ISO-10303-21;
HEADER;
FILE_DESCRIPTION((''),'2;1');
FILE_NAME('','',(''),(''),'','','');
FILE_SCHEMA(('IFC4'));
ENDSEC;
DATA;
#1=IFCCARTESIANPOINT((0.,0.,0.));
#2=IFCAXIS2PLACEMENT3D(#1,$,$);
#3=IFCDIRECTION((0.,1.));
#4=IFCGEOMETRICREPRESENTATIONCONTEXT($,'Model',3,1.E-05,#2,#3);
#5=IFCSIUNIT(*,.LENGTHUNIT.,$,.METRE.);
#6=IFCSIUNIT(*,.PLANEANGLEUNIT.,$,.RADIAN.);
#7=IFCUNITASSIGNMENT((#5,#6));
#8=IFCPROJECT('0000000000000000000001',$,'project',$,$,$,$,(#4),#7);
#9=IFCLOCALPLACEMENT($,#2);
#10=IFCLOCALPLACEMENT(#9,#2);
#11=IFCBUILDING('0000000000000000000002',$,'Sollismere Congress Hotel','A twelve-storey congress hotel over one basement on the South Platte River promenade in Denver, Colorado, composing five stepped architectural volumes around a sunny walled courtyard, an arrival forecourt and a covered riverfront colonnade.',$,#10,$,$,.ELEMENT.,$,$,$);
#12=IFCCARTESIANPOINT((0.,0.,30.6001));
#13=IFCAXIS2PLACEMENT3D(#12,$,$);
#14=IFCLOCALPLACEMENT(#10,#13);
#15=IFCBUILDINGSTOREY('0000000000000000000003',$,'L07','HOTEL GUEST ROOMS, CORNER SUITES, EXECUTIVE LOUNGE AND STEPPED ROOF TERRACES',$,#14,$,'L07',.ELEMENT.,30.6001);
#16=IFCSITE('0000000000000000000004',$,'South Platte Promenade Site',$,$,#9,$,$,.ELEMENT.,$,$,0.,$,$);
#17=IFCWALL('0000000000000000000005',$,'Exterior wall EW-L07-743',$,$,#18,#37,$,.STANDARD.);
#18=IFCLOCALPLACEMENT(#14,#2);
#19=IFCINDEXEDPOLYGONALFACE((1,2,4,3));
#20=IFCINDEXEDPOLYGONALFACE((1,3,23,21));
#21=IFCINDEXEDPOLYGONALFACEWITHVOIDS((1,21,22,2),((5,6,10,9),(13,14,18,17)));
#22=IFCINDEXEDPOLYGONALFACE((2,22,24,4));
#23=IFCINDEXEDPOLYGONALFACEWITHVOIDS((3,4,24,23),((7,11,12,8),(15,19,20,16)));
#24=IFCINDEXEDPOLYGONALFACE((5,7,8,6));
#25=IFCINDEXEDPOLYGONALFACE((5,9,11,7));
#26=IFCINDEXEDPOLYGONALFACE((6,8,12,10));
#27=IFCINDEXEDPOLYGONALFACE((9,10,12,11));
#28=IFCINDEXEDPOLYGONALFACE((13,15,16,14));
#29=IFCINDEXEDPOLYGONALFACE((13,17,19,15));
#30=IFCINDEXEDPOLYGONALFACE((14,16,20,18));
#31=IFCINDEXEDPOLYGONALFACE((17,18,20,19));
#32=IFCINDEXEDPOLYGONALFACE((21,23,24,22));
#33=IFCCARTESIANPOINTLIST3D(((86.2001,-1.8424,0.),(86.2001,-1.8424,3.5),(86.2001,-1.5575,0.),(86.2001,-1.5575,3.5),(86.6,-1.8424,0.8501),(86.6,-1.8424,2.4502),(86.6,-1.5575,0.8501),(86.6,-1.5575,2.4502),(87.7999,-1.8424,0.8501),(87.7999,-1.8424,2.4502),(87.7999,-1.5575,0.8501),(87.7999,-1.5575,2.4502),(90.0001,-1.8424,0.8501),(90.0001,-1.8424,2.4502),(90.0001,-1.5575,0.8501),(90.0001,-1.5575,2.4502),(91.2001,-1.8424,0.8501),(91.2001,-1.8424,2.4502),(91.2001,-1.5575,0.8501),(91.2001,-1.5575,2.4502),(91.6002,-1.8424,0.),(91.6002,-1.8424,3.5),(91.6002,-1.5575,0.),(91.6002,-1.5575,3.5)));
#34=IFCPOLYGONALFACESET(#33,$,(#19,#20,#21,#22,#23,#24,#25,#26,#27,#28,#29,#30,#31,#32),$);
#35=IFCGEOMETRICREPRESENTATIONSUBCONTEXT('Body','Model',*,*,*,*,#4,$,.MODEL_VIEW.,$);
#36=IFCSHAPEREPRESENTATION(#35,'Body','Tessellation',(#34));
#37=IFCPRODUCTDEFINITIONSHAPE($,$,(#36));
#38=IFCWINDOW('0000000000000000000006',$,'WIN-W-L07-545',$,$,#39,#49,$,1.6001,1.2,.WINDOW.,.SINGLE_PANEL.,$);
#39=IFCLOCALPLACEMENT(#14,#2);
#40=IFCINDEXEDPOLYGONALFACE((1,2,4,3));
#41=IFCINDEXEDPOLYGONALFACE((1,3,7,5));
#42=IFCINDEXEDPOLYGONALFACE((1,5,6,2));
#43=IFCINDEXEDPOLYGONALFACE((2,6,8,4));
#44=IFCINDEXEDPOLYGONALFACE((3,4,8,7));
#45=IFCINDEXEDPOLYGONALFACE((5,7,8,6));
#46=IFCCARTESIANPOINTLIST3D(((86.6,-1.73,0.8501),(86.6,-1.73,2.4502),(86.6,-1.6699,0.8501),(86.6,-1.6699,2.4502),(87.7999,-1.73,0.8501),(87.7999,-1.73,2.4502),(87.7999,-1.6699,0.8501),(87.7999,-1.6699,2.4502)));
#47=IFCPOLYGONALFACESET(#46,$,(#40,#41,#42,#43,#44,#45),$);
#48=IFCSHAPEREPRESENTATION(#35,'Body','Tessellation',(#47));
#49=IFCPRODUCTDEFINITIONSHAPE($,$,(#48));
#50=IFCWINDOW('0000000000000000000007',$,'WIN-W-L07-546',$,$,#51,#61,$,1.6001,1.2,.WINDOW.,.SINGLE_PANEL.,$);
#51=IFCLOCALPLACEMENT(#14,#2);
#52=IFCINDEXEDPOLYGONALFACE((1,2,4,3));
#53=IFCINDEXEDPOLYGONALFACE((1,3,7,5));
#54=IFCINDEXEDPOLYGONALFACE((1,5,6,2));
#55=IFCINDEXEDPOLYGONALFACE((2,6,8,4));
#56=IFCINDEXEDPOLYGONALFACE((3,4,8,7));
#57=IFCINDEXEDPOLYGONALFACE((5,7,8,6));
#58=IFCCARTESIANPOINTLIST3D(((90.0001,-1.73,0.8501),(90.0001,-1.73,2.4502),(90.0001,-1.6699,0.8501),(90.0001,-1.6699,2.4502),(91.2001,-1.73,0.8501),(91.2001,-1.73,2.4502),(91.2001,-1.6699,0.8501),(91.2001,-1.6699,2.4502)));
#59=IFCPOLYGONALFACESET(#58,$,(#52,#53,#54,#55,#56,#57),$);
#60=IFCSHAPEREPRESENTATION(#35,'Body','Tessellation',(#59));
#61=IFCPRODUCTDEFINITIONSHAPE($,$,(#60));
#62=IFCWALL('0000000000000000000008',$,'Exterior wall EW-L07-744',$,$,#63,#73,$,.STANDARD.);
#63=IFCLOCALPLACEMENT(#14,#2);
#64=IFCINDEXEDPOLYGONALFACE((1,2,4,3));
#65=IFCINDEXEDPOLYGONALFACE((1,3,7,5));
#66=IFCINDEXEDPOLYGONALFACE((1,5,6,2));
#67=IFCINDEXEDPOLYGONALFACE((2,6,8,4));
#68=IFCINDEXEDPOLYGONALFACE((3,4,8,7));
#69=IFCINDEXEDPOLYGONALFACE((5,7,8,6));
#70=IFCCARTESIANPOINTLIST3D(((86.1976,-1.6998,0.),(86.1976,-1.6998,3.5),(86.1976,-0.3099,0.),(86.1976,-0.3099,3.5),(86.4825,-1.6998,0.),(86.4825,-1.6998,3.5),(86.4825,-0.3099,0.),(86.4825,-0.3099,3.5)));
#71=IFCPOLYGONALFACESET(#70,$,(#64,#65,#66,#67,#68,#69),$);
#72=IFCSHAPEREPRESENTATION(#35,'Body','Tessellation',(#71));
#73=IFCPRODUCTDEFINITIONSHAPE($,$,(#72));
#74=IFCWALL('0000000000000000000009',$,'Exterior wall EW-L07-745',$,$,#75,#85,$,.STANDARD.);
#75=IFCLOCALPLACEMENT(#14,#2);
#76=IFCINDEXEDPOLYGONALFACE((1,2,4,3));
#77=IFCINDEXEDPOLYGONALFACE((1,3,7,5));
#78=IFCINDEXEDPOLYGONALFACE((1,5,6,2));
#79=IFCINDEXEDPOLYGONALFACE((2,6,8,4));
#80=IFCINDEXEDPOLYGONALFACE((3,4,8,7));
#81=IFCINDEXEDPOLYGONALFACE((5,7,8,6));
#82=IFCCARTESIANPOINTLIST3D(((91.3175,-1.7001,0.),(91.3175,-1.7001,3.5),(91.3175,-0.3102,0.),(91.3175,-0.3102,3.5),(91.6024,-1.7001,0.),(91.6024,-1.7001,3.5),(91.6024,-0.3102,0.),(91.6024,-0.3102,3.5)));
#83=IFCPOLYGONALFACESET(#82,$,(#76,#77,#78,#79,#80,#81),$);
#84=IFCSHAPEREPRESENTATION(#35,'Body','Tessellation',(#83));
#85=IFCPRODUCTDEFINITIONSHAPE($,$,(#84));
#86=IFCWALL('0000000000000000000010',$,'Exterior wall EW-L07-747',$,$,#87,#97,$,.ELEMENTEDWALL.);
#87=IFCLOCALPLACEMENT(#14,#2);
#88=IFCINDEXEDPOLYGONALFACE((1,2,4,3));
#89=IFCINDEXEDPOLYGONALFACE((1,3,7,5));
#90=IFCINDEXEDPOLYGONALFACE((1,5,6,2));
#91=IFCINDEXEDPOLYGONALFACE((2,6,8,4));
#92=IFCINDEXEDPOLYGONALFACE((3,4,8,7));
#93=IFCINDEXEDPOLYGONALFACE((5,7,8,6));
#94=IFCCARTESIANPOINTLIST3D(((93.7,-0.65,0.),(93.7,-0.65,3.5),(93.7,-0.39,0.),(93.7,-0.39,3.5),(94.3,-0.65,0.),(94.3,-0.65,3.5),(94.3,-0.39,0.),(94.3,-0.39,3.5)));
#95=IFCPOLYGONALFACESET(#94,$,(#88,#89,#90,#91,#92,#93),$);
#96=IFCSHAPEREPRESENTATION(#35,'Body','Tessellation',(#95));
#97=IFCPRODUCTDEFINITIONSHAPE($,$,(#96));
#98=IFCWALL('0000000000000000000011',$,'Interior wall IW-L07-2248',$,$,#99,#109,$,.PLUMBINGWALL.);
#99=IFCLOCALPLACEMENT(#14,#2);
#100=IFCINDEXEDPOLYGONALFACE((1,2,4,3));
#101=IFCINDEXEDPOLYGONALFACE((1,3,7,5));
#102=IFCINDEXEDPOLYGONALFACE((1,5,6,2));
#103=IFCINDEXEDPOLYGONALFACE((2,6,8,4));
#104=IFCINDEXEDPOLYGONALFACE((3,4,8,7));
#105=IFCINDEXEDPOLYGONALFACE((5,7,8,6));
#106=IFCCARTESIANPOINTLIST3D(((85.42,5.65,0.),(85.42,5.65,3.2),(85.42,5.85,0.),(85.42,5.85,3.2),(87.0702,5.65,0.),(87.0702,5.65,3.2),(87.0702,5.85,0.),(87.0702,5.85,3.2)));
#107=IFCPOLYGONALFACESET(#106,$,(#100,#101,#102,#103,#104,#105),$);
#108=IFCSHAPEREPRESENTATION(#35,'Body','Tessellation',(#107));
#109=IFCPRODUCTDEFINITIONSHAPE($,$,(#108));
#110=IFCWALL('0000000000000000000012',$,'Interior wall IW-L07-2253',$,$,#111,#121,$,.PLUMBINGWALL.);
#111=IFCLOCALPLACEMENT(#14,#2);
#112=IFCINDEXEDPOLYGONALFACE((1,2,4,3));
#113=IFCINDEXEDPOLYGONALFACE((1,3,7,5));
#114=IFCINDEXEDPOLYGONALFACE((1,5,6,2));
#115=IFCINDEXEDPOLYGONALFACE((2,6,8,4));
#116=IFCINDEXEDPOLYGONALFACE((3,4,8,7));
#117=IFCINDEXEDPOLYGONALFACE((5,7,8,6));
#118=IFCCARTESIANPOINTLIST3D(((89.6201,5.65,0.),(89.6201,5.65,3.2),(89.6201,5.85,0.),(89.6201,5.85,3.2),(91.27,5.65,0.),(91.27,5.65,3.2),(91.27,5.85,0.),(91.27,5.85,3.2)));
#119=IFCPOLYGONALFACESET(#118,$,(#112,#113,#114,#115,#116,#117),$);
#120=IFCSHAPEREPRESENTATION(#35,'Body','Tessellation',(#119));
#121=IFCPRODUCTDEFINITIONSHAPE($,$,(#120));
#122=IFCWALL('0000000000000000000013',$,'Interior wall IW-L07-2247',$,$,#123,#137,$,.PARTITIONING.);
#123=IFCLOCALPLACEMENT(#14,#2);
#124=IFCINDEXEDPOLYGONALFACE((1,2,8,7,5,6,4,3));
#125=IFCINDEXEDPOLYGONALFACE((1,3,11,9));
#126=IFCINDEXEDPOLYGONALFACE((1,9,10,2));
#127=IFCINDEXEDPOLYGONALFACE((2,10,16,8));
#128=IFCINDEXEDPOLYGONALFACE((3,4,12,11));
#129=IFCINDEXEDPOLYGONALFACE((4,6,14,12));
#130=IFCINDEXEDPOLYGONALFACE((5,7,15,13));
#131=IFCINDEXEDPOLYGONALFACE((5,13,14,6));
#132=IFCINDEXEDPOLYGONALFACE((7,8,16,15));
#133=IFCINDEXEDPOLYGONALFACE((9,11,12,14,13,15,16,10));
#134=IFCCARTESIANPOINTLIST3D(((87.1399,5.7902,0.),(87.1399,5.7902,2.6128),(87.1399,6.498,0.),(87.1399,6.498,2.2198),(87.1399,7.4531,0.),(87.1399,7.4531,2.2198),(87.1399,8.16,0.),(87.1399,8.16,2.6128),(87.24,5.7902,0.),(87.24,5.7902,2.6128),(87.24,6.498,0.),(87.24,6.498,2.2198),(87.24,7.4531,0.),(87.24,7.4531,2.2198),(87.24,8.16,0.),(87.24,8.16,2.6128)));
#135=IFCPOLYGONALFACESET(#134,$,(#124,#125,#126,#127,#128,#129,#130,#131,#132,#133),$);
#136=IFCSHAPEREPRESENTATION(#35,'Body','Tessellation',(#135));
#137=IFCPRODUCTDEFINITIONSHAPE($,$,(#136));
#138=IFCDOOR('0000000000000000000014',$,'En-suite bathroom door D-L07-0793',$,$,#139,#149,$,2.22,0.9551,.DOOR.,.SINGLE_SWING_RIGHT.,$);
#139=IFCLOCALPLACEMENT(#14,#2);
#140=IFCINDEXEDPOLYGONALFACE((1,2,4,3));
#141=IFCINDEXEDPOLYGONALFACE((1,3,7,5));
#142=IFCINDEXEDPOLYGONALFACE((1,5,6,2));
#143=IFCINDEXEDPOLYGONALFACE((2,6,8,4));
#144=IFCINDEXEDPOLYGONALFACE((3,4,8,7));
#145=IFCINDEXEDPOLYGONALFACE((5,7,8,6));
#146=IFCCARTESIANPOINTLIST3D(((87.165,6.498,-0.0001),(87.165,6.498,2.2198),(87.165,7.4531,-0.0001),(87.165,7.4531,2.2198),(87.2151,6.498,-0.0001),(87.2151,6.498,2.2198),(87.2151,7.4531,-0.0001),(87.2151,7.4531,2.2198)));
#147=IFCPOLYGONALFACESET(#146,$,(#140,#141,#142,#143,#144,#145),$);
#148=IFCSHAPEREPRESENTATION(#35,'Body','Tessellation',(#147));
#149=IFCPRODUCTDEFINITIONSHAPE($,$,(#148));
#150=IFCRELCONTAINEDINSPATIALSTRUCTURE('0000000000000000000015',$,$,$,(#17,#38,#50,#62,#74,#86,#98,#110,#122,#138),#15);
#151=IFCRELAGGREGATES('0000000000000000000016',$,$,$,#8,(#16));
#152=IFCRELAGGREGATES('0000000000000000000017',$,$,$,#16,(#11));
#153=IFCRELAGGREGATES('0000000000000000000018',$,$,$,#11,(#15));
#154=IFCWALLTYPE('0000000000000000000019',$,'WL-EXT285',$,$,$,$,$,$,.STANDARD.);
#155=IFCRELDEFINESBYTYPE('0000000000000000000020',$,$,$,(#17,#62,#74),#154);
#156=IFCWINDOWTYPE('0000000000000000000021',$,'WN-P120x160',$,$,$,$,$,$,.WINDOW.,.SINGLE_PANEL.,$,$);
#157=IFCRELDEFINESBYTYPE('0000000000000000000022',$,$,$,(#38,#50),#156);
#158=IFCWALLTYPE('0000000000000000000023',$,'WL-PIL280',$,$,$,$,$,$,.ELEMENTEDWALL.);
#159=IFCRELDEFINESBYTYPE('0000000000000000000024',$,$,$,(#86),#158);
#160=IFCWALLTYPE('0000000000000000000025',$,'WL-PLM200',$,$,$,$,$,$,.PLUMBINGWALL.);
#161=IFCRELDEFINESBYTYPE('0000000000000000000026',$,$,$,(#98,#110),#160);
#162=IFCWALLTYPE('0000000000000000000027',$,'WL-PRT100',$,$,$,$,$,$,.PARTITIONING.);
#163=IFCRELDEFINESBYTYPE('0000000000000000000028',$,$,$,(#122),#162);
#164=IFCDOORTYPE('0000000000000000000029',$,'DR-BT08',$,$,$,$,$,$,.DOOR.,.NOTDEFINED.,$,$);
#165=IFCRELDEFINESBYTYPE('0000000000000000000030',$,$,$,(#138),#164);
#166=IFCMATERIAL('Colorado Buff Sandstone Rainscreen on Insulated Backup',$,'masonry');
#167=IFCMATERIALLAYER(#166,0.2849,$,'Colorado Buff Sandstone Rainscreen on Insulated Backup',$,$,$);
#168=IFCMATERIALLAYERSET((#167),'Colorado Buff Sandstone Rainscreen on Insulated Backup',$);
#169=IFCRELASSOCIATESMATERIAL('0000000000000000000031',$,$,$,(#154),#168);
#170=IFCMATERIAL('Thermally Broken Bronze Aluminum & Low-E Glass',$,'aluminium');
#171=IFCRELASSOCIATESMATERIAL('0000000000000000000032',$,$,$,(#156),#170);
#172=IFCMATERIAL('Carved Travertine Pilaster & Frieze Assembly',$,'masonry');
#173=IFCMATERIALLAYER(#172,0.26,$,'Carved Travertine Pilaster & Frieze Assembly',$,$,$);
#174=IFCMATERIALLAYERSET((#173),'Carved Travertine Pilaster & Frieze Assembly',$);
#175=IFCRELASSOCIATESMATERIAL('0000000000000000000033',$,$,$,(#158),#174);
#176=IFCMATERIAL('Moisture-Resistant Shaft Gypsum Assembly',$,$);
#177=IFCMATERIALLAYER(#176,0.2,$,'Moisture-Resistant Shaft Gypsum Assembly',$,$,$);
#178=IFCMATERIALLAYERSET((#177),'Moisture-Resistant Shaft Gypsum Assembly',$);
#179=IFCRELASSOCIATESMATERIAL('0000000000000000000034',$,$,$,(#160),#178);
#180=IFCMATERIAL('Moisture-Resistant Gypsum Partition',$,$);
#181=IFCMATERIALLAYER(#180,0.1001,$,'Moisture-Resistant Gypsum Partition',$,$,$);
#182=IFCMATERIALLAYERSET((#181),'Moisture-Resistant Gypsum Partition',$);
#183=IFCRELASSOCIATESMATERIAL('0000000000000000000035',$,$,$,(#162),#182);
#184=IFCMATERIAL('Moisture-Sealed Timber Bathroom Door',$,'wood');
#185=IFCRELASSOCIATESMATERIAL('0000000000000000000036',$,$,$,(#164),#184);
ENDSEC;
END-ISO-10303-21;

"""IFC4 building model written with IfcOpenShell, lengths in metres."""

from ifc_helpers import new_model, si_unit, direction, frame, frame_2d, origin, place, context, subcontext, project, spatial, rectangle, extrude, material, layer, layer_set, type_object, element, fill, save


model = new_model("IFC4")

# Units and contexts
model_context = context("Model", 3, precision=1e-05, world=origin(), true_north=direction((0.0, 1.0)))
body_context = subcontext(model_context, "Body", "Model", "MODEL_VIEW")
ifc_project = project(units=[si_unit("LENGTHUNIT", "METRE"), si_unit("PLANEANGLEUNIT", "RADIAN")], contexts=[model_context])

# Site, building, storey
site_placement = place(None, origin())
site = spatial("IfcSite", under=ifc_project, at=site_placement, Name="South Platte Promenade Site", CompositionType="ELEMENT", RefElevation=0.0)
building_placement = place(site_placement, origin())
building = spatial("IfcBuilding", under=site, at=building_placement, Name="Sollismere Congress Hotel", Description="A twelve-storey congress hotel over one basement on the South Platte River promenade in Denver, Colorado, composing five stepped architectural volumes around a sunny walled courtyard, an arrival forecourt and a covered riverfront colonnade.", CompositionType="ELEMENT")
storey_placement = place(building_placement, frame((0.0, 0.0, 30.6001)))
storey = spatial("IfcBuildingStorey", under=building, at=storey_placement, Name="L07", Description="HOTEL GUEST ROOMS, CORNER SUITES, EXECUTIVE LOUNGE AND STEPPED ROOF TERRACES", LongName="L07", CompositionType="ELEMENT", Elevation=30.6001)

# Shared definitions
ifc_material_1 = material(Name="Colorado Buff Sandstone Rainscreen on Insulated Backup", Category="masonry")
ifc_layer_1 = layer(ifc_material_1, 0.2849, Name="Colorado Buff Sandstone Rainscreen on Insulated Backup")
ifc_layer_set_1 = layer_set([ifc_layer_1], Name="Colorado Buff Sandstone Rainscreen on Insulated Backup")
wall_type_1 = type_object("IfcWallType", Name="WL-EXT285", PredefinedType="STANDARD", material=ifc_layer_set_1)
ifc_material_2 = material(Name="Thermally Broken Bronze Aluminum & Low-E Glass", Category="aluminium")

# Wall, openings, windows
wall_1_placement = place(storey_placement, frame((86.2, -1.7, 0.0), z_axis=(0.0, 0.0, 1.0), x_axis=(1.0, 0.0, 0.0)))
wall_1 = element("IfcWall", 1, at=wall_1_placement, inside=storey, type_object=wall_type_1, Name="Exterior wall EW-L07-743", PredefinedType="STANDARD", context=body_context, shape_type="SweptSolid", body=[
    extrude(rectangle(XDim=5.4001, YDim=0.2849, at=frame_2d((2.7002, 0.0))), origin(), (0.0, 0.0, 1.0), 3.5),
])
opening_1_placement = place(wall_1_placement, frame((0.3999, 0.0, 0.8501)))
opening_1 = element("IfcOpeningElement", 2, at=opening_1_placement, cuts=wall_1, PredefinedType="OPENING", context=body_context, shape_type="SweptSolid", body=[
    extrude(rectangle(XDim=1.2, YDim=1.6001, at=frame_2d((0.6001, 0.8))), frame((0.0, 0.1523, 0.0), z_axis=(0.0, -1.0, 0.0), x_axis=(1.0, 0.0, 0.0)), (0.0, 0.0, 1.0), 0.3049),
])
opening_2_placement = place(wall_1_placement, frame((3.8, 0.0, 0.8501)))
opening_2 = element("IfcOpeningElement", 3, at=opening_2_placement, cuts=wall_1, PredefinedType="OPENING", context=body_context, shape_type="SweptSolid", body=[
    extrude(rectangle(XDim=1.2, YDim=1.6001, at=frame_2d((0.6001, 0.8))), frame((0.0, 0.1523, 0.0), z_axis=(0.0, -1.0, 0.0), x_axis=(1.0, 0.0, 0.0)), (0.0, 0.0, 1.0), 0.3049),
])
window_type_1 = type_object("IfcWindowType", Name="WN-P120x160", PartitioningType="SINGLE_PANEL", PredefinedType="WINDOW", material=ifc_material_2)
window_1_placement = place(opening_1_placement, origin())
window_1 = element("IfcWindow", 4, at=window_1_placement, inside=storey, type_object=window_type_1, Name="WIN-W-L07-545", OverallHeight=1.6001, OverallWidth=1.2, PartitioningType="SINGLE_PANEL", PredefinedType="WINDOW", context=body_context, shape_type="SweptSolid", body=[
    extrude(rectangle(XDim=1.2, YDim=1.6001, at=frame_2d((0.6001, 0.8))), frame((0.0, 0.03, 0.0), z_axis=(0.0, -1.0, 0.0), x_axis=(1.0, 0.0, 0.0)), (0.0, 0.0, 1.0), 0.0601),
])
fill(opening_1, window_1)
window_2_placement = place(opening_2_placement, origin())
window_2 = element("IfcWindow", 5, at=window_2_placement, inside=storey, type_object=window_type_1, Name="WIN-W-L07-546", OverallHeight=1.6001, OverallWidth=1.2, PartitioningType="SINGLE_PANEL", PredefinedType="WINDOW", context=body_context, shape_type="SweptSolid", body=[
    extrude(rectangle(XDim=1.2, YDim=1.6001, at=frame_2d((0.6001, 0.8))), frame((0.0, 0.03, 0.0), z_axis=(0.0, -1.0, 0.0), x_axis=(1.0, 0.0, 0.0)), (0.0, 0.0, 1.0), 0.0601),
])
fill(opening_2, window_2)

# Walls
for number, where, z_axis, x_axis, name in (
    (6, (86.3401, -0.3101, 0.0), (0.0, 0.0, 1.0), (0.0, -1.0, 0.0), "Exterior wall EW-L07-744"),
    (7, (91.46, -1.7, 0.0), (0.0, 0.0, 1.0), (0.0, 1.0, 0.0), "Exterior wall EW-L07-745"),
):
    element("IfcWall", number, at=place(storey_placement, frame(where, z_axis=z_axis, x_axis=x_axis)), inside=storey, type_object=wall_type_1, Name=name, PredefinedType="STANDARD", context=body_context, shape_type="SweptSolid", body=[
        extrude(rectangle(XDim=1.3899, YDim=0.2849, at=frame_2d((0.6948, 0.0))), origin(), (0.0, 0.0, 1.0), 3.5),
    ])
ifc_material_3 = material(Name="Carved Travertine Pilaster & Frieze Assembly", Category="masonry")
ifc_layer_2 = layer(ifc_material_3, 0.26, Name="Carved Travertine Pilaster & Frieze Assembly")
ifc_layer_set_2 = layer_set([ifc_layer_2], Name="Carved Travertine Pilaster & Frieze Assembly")
wall_type_2 = type_object("IfcWallType", Name="WL-PIL280", PredefinedType="ELEMENTEDWALL", material=ifc_layer_set_2)
wall_2_placement = place(storey_placement, frame((93.7, -0.52, 0.0), z_axis=(0.0, 0.0, 1.0), x_axis=(1.0, 0.0, 0.0)))
element("IfcWall", 8, at=wall_2_placement, inside=storey, type_object=wall_type_2, Name="Exterior wall EW-L07-747", PredefinedType="ELEMENTEDWALL", context=body_context, shape_type="SweptSolid", body=[
    extrude(rectangle(XDim=0.6001, YDim=0.26, at=frame_2d((0.3, 0.0))), origin(), (0.0, 0.0, 1.0), 3.5),
])
ifc_material_4 = material(Name="Moisture-Resistant Shaft Gypsum Assembly")
ifc_layer_3 = layer(ifc_material_4, 0.2, Name="Moisture-Resistant Shaft Gypsum Assembly")
ifc_layer_set_3 = layer_set([ifc_layer_3], Name="Moisture-Resistant Shaft Gypsum Assembly")
wall_type_3 = type_object("IfcWallType", Name="WL-PLM200", PredefinedType="PLUMBINGWALL", material=ifc_layer_set_3)
wall_3_placement = place(storey_placement, frame((85.4199, 5.75, 0.0), z_axis=(0.0, 0.0, 1.0), x_axis=(1.0, 0.0, 0.0)))
element("IfcWall", 9, at=wall_3_placement, inside=storey, type_object=wall_type_3, Name="Interior wall IW-L07-2248", PredefinedType="PLUMBINGWALL", context=body_context, shape_type="SweptSolid", body=[
    extrude(rectangle(XDim=1.6501, YDim=0.2, at=frame_2d((0.8252, 0.0))), origin(), (0.0, 0.0, 1.0), 3.2),
])
wall_4_placement = place(storey_placement, frame((89.6201, 5.75, 0.0), z_axis=(0.0, 0.0, 1.0), x_axis=(1.0, 0.0, 0.0)))
element("IfcWall", 10, at=wall_4_placement, inside=storey, type_object=wall_type_3, Name="Interior wall IW-L07-2253", PredefinedType="PLUMBINGWALL", context=body_context, shape_type="SweptSolid", body=[
    extrude(rectangle(XDim=1.6499, YDim=0.2, at=frame_2d((0.825, 0.0))), origin(), (0.0, 0.0, 1.0), 3.2),
])

# Wall, opening, door
ifc_material_5 = material(Name="Moisture-Resistant Gypsum Partition")
ifc_layer_4 = layer(ifc_material_5, 0.1001, Name="Moisture-Resistant Gypsum Partition")
ifc_layer_set_4 = layer_set([ifc_layer_4], Name="Moisture-Resistant Gypsum Partition")
wall_type_4 = type_object("IfcWallType", Name="WL-PRT100", PredefinedType="PARTITIONING", material=ifc_layer_set_4)
wall_5_placement = place(storey_placement, frame((87.1899, 5.79, 0.0), z_axis=(0.0, 0.0, 1.0), x_axis=(0.0, 1.0, 0.0)))
wall_5 = element("IfcWall", 11, at=wall_5_placement, inside=storey, type_object=wall_type_4, Name="Interior wall IW-L07-2247", PredefinedType="PARTITIONING", context=body_context, shape_type="SweptSolid", body=[
    extrude(rectangle(XDim=2.3699, YDim=0.1001, at=frame_2d((1.1851, 0.0))), origin(), (0.0, 0.0, 1.0), 2.6128),
])
opening_3_placement = place(wall_5_placement, frame((0.708, 0.0, 0.0)))
opening_3 = element("IfcOpeningElement", 12, at=opening_3_placement, cuts=wall_5, PredefinedType="OPENING", context=body_context, shape_type="SweptSolid", body=[
    extrude(rectangle(XDim=0.9551, YDim=2.22, at=frame_2d((0.4775, 1.1099))), frame((0.0, 0.0601, 0.0), z_axis=(0.0, -1.0, 0.0), x_axis=(1.0, 0.0, 0.0)), (0.0, 0.0, 1.0), 0.1201),
])
ifc_material_6 = material(Name="Moisture-Sealed Timber Bathroom Door", Category="wood")
door_type_1 = type_object("IfcDoorType", Name="DR-BT08", OperationType="NOTDEFINED", PredefinedType="DOOR", material=ifc_material_6)
door_1_placement = place(opening_3_placement, origin())
door_1 = element("IfcDoor", 13, at=door_1_placement, inside=storey, type_object=door_type_1, Name="En-suite bathroom door D-L07-0793", OperationType="SINGLE_SWING_RIGHT", OverallHeight=2.22, OverallWidth=0.9551, PredefinedType="DOOR", context=body_context, shape_type="SweptSolid", body=[
    extrude(rectangle(XDim=0.9551, YDim=2.22, at=frame_2d((0.4775, 1.1099))), frame((0.0, 0.0249, 0.0), z_axis=(0.0, -1.0, 0.0), x_axis=(1.0, 0.0, 0.0)), (0.0, 0.0, 1.0), 0.05),
])
fill(opening_3, door_1)

save(model, "model.ifc")
